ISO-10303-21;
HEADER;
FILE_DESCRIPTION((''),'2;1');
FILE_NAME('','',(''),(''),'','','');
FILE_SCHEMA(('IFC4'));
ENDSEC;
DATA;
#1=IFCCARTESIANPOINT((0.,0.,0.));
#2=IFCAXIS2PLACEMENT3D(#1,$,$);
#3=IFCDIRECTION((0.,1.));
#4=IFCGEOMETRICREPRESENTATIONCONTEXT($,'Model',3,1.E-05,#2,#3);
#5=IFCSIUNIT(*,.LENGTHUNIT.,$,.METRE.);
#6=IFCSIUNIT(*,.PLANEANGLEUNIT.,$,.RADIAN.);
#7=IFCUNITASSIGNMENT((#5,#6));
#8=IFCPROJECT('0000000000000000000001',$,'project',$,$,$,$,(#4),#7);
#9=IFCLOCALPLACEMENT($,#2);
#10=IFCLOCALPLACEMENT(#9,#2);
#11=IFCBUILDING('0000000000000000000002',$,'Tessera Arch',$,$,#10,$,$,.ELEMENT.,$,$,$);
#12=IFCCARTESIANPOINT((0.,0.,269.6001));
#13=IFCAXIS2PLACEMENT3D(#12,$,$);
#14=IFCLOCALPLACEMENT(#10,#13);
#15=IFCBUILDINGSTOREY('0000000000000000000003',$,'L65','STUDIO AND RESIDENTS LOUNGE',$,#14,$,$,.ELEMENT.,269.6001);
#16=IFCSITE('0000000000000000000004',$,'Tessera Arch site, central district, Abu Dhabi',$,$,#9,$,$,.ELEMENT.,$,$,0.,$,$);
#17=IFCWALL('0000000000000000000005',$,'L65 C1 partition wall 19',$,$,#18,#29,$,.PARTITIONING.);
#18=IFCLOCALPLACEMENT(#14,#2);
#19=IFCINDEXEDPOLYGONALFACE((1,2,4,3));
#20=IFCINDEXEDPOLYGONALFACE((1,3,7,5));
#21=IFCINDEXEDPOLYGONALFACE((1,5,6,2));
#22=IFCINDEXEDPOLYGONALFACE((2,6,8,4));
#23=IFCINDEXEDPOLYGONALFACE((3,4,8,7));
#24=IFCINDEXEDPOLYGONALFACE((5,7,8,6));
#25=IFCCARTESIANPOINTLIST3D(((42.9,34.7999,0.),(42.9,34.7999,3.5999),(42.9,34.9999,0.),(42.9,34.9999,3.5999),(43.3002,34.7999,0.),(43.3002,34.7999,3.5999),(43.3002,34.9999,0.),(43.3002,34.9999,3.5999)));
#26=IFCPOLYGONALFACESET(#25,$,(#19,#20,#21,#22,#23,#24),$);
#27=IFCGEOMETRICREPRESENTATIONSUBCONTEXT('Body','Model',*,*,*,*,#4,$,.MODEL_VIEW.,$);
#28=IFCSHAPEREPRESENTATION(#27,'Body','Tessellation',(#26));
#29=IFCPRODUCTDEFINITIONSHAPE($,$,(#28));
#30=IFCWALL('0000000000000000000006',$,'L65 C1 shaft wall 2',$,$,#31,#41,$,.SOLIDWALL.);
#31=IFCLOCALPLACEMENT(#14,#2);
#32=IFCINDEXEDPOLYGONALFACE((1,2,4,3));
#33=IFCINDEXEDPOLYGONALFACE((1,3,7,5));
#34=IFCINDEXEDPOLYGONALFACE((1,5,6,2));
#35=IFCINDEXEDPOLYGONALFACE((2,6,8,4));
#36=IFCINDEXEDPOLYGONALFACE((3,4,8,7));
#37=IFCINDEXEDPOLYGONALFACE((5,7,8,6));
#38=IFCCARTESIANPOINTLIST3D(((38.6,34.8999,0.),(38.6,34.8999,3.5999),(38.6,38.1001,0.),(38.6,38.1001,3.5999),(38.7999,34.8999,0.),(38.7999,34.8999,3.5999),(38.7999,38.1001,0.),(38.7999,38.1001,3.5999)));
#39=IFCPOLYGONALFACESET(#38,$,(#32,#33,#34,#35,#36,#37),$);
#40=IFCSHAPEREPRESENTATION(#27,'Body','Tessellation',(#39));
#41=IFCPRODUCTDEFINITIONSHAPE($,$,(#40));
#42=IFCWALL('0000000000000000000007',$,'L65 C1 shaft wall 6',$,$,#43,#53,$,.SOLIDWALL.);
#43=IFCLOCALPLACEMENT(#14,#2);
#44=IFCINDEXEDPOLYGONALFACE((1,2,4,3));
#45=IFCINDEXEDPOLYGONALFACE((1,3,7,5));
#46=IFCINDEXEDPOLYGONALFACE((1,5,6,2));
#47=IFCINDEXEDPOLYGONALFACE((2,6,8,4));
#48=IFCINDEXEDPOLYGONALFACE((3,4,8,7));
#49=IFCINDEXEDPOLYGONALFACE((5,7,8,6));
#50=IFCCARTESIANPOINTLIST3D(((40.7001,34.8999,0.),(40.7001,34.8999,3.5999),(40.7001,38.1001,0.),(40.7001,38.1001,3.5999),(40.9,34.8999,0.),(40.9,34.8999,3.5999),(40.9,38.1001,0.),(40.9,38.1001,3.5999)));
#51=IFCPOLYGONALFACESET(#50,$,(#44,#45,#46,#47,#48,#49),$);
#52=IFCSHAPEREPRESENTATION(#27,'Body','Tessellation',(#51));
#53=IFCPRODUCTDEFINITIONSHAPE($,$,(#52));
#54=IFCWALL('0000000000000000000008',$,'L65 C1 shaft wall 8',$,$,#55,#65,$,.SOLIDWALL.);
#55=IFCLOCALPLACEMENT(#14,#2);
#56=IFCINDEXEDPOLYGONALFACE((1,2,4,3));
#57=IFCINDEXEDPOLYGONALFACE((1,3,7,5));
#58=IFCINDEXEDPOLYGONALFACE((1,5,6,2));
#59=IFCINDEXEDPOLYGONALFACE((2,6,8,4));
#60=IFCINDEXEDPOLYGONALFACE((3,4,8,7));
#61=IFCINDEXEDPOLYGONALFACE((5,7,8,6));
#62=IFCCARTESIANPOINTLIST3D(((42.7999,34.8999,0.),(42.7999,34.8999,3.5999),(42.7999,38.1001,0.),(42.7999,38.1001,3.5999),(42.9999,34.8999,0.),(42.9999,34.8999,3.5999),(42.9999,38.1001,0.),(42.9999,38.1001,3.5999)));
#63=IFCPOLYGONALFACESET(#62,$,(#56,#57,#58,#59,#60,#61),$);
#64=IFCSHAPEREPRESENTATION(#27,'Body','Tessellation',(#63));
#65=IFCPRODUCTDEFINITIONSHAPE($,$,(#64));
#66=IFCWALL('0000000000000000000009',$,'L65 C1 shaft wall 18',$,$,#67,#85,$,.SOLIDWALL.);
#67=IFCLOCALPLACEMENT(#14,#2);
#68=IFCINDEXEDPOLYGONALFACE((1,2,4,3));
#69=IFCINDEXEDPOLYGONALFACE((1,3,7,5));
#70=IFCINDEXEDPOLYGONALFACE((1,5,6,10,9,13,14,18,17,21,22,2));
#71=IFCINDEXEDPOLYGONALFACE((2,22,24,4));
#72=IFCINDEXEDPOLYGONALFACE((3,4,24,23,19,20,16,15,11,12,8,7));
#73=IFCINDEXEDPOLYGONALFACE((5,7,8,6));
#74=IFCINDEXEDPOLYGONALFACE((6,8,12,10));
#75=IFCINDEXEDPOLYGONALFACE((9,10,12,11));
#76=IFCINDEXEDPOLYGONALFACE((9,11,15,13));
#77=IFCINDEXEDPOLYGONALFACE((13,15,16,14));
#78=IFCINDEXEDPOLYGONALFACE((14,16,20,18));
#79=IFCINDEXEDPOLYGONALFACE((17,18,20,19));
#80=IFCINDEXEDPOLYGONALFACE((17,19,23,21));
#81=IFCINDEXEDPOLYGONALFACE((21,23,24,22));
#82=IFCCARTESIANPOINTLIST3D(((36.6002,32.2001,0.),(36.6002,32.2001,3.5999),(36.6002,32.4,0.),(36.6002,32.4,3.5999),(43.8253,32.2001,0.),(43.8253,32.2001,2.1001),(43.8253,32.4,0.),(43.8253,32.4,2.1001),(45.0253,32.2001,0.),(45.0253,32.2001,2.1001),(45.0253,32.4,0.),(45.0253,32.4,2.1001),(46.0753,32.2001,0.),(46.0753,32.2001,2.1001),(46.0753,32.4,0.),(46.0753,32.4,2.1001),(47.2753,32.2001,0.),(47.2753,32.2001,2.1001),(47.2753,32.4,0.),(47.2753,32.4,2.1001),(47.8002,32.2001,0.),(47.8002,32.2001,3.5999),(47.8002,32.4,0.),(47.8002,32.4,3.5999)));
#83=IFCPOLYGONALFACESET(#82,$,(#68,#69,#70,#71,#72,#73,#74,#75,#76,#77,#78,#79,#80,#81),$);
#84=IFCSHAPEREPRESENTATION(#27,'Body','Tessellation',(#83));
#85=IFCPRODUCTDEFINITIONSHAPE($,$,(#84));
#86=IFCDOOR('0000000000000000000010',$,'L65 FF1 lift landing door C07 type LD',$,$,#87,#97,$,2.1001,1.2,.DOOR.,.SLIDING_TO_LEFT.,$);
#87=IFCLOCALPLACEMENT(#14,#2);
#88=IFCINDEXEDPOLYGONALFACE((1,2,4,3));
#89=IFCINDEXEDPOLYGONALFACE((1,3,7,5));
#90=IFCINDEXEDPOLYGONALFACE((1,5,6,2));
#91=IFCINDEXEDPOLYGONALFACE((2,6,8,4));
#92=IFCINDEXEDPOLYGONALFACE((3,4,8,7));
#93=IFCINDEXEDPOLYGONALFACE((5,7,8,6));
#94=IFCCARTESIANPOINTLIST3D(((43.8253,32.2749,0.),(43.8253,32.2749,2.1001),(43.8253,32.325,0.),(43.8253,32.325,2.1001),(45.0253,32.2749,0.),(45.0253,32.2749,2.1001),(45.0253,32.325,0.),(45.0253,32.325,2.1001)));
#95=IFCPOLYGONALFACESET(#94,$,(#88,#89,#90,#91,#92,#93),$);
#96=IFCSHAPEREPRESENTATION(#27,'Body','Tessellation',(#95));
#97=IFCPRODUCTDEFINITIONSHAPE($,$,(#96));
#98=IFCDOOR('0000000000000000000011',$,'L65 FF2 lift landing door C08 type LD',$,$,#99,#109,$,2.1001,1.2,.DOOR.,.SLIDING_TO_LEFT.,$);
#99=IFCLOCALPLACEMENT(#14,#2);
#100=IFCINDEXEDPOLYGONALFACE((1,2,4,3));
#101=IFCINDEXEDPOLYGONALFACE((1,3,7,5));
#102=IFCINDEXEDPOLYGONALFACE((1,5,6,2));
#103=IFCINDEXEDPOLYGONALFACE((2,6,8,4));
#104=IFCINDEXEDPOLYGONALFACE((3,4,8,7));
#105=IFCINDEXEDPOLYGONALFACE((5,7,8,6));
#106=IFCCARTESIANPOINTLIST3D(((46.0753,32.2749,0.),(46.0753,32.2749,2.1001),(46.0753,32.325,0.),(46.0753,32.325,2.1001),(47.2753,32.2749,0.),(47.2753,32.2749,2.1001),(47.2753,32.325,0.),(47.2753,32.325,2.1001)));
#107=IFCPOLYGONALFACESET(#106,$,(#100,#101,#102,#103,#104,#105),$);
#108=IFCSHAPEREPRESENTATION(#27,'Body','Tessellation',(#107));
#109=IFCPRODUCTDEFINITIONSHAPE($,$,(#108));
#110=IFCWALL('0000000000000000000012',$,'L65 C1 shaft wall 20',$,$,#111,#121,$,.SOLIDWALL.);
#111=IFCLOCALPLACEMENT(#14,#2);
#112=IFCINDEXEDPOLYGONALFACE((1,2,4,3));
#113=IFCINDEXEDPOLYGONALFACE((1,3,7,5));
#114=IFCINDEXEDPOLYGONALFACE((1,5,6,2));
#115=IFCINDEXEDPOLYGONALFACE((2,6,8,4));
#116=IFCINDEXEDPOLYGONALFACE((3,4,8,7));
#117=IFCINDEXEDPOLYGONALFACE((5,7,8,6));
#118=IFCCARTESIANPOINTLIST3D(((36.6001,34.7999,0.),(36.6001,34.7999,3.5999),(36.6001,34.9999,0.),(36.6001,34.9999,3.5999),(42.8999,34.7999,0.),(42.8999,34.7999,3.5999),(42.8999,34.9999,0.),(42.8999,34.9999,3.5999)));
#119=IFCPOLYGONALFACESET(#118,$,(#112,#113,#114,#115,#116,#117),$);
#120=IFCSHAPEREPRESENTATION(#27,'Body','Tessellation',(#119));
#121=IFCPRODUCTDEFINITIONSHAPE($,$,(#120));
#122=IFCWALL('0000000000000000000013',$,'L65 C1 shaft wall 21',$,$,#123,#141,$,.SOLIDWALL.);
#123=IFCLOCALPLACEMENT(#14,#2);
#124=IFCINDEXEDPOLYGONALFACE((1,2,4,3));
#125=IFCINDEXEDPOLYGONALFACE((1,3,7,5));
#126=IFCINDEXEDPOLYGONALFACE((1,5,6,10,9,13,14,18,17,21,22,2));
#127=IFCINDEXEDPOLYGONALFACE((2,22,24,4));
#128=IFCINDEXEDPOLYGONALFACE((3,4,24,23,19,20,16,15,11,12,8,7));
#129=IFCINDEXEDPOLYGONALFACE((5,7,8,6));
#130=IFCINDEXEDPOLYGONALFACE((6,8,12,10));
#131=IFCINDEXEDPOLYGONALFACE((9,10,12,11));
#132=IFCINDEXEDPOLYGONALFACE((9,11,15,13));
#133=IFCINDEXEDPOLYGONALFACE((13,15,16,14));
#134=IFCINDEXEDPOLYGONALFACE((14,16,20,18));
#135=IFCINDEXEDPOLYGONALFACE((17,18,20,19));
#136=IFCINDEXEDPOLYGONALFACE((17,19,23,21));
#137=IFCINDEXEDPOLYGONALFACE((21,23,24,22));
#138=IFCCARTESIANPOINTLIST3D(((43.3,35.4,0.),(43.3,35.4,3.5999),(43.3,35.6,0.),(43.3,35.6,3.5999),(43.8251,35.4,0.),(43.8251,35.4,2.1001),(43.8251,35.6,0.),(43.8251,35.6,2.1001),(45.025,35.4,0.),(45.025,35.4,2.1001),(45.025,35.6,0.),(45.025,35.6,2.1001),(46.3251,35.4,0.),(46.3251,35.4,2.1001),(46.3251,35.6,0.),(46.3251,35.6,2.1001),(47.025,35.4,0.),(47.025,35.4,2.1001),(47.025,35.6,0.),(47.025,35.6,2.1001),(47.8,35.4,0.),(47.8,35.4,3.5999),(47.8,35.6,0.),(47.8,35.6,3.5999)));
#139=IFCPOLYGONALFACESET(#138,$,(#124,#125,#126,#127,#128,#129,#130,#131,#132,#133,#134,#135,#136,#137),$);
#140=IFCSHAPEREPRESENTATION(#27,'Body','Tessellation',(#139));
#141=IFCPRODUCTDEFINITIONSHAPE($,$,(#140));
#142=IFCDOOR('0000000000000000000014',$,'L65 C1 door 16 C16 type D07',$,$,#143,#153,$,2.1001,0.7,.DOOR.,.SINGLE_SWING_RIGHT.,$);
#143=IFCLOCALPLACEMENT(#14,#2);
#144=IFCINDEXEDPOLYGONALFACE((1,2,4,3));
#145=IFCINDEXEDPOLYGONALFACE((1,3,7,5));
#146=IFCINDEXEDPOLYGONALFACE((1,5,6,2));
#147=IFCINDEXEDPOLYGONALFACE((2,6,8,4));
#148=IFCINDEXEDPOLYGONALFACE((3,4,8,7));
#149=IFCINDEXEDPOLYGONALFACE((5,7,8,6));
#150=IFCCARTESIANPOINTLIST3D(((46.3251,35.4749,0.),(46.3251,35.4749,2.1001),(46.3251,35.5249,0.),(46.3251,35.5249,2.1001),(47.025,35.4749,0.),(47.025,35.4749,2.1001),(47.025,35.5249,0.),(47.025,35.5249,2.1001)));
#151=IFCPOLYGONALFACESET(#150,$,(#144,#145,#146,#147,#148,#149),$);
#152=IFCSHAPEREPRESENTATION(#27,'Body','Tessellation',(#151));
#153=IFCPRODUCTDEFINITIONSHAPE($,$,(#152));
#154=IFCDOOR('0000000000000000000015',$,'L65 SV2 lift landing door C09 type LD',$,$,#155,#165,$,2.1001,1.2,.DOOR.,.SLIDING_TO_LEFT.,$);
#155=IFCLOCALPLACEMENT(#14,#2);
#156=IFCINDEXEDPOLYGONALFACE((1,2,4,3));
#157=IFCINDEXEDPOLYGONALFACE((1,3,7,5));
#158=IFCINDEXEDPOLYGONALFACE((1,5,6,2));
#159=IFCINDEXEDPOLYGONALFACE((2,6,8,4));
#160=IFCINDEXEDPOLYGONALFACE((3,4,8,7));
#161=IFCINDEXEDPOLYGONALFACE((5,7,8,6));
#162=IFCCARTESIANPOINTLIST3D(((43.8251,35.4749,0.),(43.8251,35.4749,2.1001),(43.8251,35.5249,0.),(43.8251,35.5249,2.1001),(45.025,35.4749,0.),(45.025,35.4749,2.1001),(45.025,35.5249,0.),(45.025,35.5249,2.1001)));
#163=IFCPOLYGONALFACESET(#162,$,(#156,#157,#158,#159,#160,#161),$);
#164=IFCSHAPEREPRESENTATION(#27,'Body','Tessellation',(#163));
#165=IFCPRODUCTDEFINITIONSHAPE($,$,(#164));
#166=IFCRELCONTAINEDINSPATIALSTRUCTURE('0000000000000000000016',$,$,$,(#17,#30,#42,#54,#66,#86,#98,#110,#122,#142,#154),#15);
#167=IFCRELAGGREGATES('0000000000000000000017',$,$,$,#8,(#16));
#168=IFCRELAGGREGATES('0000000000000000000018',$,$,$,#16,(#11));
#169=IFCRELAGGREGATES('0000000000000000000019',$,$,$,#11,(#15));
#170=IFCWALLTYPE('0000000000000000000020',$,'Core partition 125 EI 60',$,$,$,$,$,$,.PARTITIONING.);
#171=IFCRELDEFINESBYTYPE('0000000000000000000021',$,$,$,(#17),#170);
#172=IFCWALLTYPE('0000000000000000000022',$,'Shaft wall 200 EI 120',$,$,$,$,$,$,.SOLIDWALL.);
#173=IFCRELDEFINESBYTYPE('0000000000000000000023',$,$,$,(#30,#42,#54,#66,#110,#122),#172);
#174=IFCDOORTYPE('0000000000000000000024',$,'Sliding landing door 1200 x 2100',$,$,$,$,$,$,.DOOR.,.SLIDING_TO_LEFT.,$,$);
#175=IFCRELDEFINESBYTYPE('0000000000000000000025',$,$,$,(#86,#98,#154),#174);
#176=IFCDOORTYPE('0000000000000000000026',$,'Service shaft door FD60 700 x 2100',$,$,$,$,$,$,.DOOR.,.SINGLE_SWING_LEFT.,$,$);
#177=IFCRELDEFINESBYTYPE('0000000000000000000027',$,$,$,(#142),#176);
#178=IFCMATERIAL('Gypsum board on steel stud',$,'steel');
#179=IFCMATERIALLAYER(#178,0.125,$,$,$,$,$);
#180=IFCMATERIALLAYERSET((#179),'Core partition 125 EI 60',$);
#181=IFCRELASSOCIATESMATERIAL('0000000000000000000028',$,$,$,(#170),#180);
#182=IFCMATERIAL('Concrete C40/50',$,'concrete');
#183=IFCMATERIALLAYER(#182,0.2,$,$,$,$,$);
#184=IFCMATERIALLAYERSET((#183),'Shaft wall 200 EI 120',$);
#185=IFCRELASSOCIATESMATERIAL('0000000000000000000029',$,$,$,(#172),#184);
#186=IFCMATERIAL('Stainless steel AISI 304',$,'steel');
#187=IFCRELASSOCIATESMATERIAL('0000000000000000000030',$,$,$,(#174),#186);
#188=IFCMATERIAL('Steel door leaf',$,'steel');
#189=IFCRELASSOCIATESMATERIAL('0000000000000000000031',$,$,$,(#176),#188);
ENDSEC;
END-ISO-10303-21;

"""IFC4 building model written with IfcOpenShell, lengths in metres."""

from ifc_helpers import new_model, si_unit, direction, frame, frame_2d, origin, place, context, subcontext, project, spatial, rectangle, extrude, material, layer, layer_set, type_object, element, fill, save


model = new_model("IFC4")

# Units and contexts
model_context = context("Model", 3, precision=1e-05, world=origin(), true_north=direction((0.0, 1.0)))
body_context = subcontext(model_context, "Body", "Model", "MODEL_VIEW")
ifc_project = project(units=[si_unit("LENGTHUNIT", "METRE"), si_unit("PLANEANGLEUNIT", "RADIAN")], contexts=[model_context])

# Site, building, storey
site_placement = place(None, origin())
site = spatial("IfcSite", under=ifc_project, at=site_placement, Name="Tessera Arch site, central district, Abu Dhabi", CompositionType="ELEMENT", RefElevation=0.0)
building_placement = place(site_placement, origin())
building = spatial("IfcBuilding", under=site, at=building_placement, Name="Tessera Arch", CompositionType="ELEMENT")
storey_placement = place(building_placement, frame((0.0, 0.0, 269.6001)))
storey = spatial("IfcBuildingStorey", under=building, at=storey_placement, Name="L65", Description="STUDIO AND RESIDENTS LOUNGE", CompositionType="ELEMENT", Elevation=269.6001)

# Walls
ifc_material_1 = material(Name="Gypsum board on steel stud", Category="steel")
ifc_layer_1 = layer(ifc_material_1, 0.125)
ifc_layer_set_1 = layer_set([ifc_layer_1], Name="Core partition 125 EI 60")
wall_type_1 = type_object("IfcWallType", Name="Core partition 125 EI 60", PredefinedType="PARTITIONING", material=ifc_layer_set_1)
wall_1_placement = place(storey_placement, frame((42.8999, 34.8999, 0.0), z_axis=(0.0, 0.0, 1.0), x_axis=(1.0, 0.0, 0.0)))
element("IfcWall", 1, at=wall_1_placement, inside=storey, type_object=wall_type_1, Name="L65 C1 partition wall 19", PredefinedType="PARTITIONING", context=body_context, shape_type="SweptSolid", body=[
    extrude(rectangle(XDim=0.4001, YDim=0.2, at=frame_2d((0.2002, 0.0))), origin(), (0.0, 0.0, 1.0), 3.5999),
])
ifc_material_2 = material(Name="Concrete C40/50", Category="concrete")
ifc_layer_2 = layer(ifc_material_2, 0.2)
ifc_layer_set_2 = layer_set([ifc_layer_2], Name="Shaft wall 200 EI 120")
wall_type_2 = type_object("IfcWallType", Name="Shaft wall 200 EI 120", PredefinedType="SOLIDWALL", material=ifc_layer_set_2)
for number, where, z_axis, x_axis, name in (
    (2, (38.7, 34.8999, 0.0), (0.0, 0.0, 1.0), (0.0, 1.0, 0.0), "L65 C1 shaft wall 2"),
    (3, (40.8, 34.8999, 0.0), (0.0, 0.0, 1.0), (0.0, 1.0, 0.0), "L65 C1 shaft wall 6"),
    (4, (42.8999, 34.8999, 0.0), (0.0, 0.0, 1.0), (0.0, 1.0, 0.0), "L65 C1 shaft wall 8"),
):
    element("IfcWall", number, at=place(storey_placement, frame(where, z_axis=z_axis, x_axis=x_axis)), inside=storey, type_object=wall_type_2, Name=name, PredefinedType="SOLIDWALL", context=body_context, shape_type="SweptSolid", body=[
        extrude(rectangle(XDim=3.2002, YDim=0.2, at=frame_2d((1.6001, 0.0))), origin(), (0.0, 0.0, 1.0), 3.5999),
    ])

# Wall, openings, doors
wall_2_placement = place(storey_placement, frame((36.6001, 32.3, 0.0), z_axis=(0.0, 0.0, 1.0), x_axis=(1.0, 0.0, 0.0)))
wall_2 = element("IfcWall", 5, at=wall_2_placement, inside=storey, type_object=wall_type_2, Name="L65 C1 shaft wall 18", PredefinedType="SOLIDWALL", context=body_context, shape_type="SweptSolid", body=[
    extrude(rectangle(XDim=11.2, YDim=0.2, at=frame_2d((5.6001, 0.0))), origin(), (0.0, 0.0, 1.0), 3.5999),
])
opening_1_placement = place(wall_2_placement, frame((7.2251, 0.0, 0.0)))
opening_1 = element("IfcOpeningElement", 6, at=opening_1_placement, cuts=wall_2, PredefinedType="OPENING", context=body_context, shape_type="SweptSolid", body=[
    extrude(rectangle(XDim=1.2, YDim=2.1001, at=frame_2d((0.6001, 1.05))), frame((0.0, 0.1099, 0.0), z_axis=(0.0, -1.0, 0.0), x_axis=(1.0, 0.0, 0.0)), (0.0, 0.0, 1.0), 0.22),
])
opening_2_placement = place(wall_2_placement, frame((9.4751, 0.0, 0.0)))
opening_2 = element("IfcOpeningElement", 7, at=opening_2_placement, cuts=wall_2, PredefinedType="OPENING", context=body_context, shape_type="SweptSolid", body=[
    extrude(rectangle(XDim=1.2, YDim=2.1001, at=frame_2d((0.6001, 1.05))), frame((0.0, 0.1099, 0.0), z_axis=(0.0, -1.0, 0.0), x_axis=(1.0, 0.0, 0.0)), (0.0, 0.0, 1.0), 0.22),
])
ifc_material_3 = material(Name="Stainless steel AISI 304", Category="steel")
door_type_1 = type_object("IfcDoorType", Name="Sliding landing door 1200 x 2100", OperationType="SLIDING_TO_LEFT", PredefinedType="DOOR", material=ifc_material_3)
door_1_placement = place(opening_1_placement, origin())
door_1 = element("IfcDoor", 8, at=door_1_placement, inside=storey, type_object=door_type_1, Name="L65 FF1 lift landing door C07 type LD", OperationType="SLIDING_TO_LEFT", OverallHeight=2.1001, OverallWidth=1.2, PredefinedType="DOOR", context=body_context, shape_type="SweptSolid", body=[
    extrude(rectangle(XDim=1.2, YDim=2.1001, at=frame_2d((0.6001, 1.05))), frame((0.0, 0.0249, 0.0), z_axis=(0.0, -1.0, 0.0), x_axis=(1.0, 0.0, 0.0)), (0.0, 0.0, 1.0), 0.05),
])
fill(opening_1, door_1)
door_2_placement = place(opening_2_placement, origin())
door_2 = element("IfcDoor", 9, at=door_2_placement, inside=storey, type_object=door_type_1, Name="L65 FF2 lift landing door C08 type LD", OperationType="SLIDING_TO_LEFT", OverallHeight=2.1001, OverallWidth=1.2, PredefinedType="DOOR", context=body_context, shape_type="SweptSolid", body=[
    extrude(rectangle(XDim=1.2, YDim=2.1001, at=frame_2d((0.6001, 1.05))), frame((0.0, 0.0249, 0.0), z_axis=(0.0, -1.0, 0.0), x_axis=(1.0, 0.0, 0.0)), (0.0, 0.0, 1.0), 0.05),
])
fill(opening_2, door_2)

# Wall
wall_3_placement = place(storey_placement, frame((36.6001, 34.8999, 0.0), z_axis=(0.0, 0.0, 1.0), x_axis=(1.0, 0.0, 0.0)))
element("IfcWall", 10, at=wall_3_placement, inside=storey, type_object=wall_type_2, Name="L65 C1 shaft wall 20", PredefinedType="SOLIDWALL", context=body_context, shape_type="SweptSolid", body=[
    extrude(rectangle(XDim=6.2998, YDim=0.2, at=frame_2d((3.1499, 0.0))), origin(), (0.0, 0.0, 1.0), 3.5999),
])

# Wall, openings, doors
wall_4_placement = place(storey_placement, frame((43.3, 35.5, 0.0), z_axis=(0.0, 0.0, 1.0), x_axis=(1.0, 0.0, 0.0)))
wall_4 = element("IfcWall", 11, at=wall_4_placement, inside=storey, type_object=wall_type_2, Name="L65 C1 shaft wall 21", PredefinedType="SOLIDWALL", context=body_context, shape_type="SweptSolid", body=[
    extrude(rectangle(XDim=4.5, YDim=0.2, at=frame_2d((2.25, 0.0))), origin(), (0.0, 0.0, 1.0), 3.5999),
])
opening_3_placement = place(wall_4_placement, frame((0.5249, 0.0, 0.0)))
opening_3 = element("IfcOpeningElement", 12, at=opening_3_placement, cuts=wall_4, PredefinedType="OPENING", context=body_context, shape_type="SweptSolid", body=[
    extrude(rectangle(XDim=1.2, YDim=2.1001, at=frame_2d((0.6001, 1.05))), frame((0.0, 0.1099, 0.0), z_axis=(0.0, -1.0, 0.0), x_axis=(1.0, 0.0, 0.0)), (0.0, 0.0, 1.0), 0.22),
])
opening_4_placement = place(wall_4_placement, frame((3.0249, 0.0, 0.0)))
opening_4 = element("IfcOpeningElement", 13, at=opening_4_placement, cuts=wall_4, PredefinedType="OPENING", context=body_context, shape_type="SweptSolid", body=[
    extrude(rectangle(XDim=0.7, YDim=2.1001, at=frame_2d((0.3501, 1.05))), frame((0.0, 0.1099, 0.0), z_axis=(0.0, -1.0, 0.0), x_axis=(1.0, 0.0, 0.0)), (0.0, 0.0, 1.0), 0.22),
])
ifc_material_4 = material(Name="Steel door leaf", Category="steel")
door_type_2 = type_object("IfcDoorType", Name="Service shaft door FD60 700 x 2100", OperationType="SINGLE_SWING_LEFT", PredefinedType="DOOR", material=ifc_material_4)
door_3_placement = place(opening_4_placement, origin())
door_3 = element("IfcDoor", 14, at=door_3_placement, inside=storey, type_object=door_type_2, Name="L65 C1 door 16 C16 type D07", OperationType="SINGLE_SWING_RIGHT", OverallHeight=2.1001, OverallWidth=0.7, PredefinedType="DOOR", context=body_context, shape_type="SweptSolid", body=[
    extrude(rectangle(XDim=0.7, YDim=2.1001, at=frame_2d((0.3501, 1.05))), frame((0.0, 0.0249, 0.0), z_axis=(0.0, -1.0, 0.0), x_axis=(1.0, 0.0, 0.0)), (0.0, 0.0, 1.0), 0.05),
])
fill(opening_4, door_3)
door_4_placement = place(opening_3_placement, origin())
door_4 = element("IfcDoor", 15, at=door_4_placement, inside=storey, type_object=door_type_1, Name="L65 SV2 lift landing door C09 type LD", OperationType="SLIDING_TO_LEFT", OverallHeight=2.1001, OverallWidth=1.2, PredefinedType="DOOR", context=body_context, shape_type="SweptSolid", body=[
    extrude(rectangle(XDim=1.2, YDim=2.1001, at=frame_2d((0.6001, 1.05))), frame((0.0, 0.0249, 0.0), z_axis=(0.0, -1.0, 0.0), x_axis=(1.0, 0.0, 0.0)), (0.0, 0.0, 1.0), 0.05),
])
fill(opening_3, door_4)

save(model, "model.ifc")
